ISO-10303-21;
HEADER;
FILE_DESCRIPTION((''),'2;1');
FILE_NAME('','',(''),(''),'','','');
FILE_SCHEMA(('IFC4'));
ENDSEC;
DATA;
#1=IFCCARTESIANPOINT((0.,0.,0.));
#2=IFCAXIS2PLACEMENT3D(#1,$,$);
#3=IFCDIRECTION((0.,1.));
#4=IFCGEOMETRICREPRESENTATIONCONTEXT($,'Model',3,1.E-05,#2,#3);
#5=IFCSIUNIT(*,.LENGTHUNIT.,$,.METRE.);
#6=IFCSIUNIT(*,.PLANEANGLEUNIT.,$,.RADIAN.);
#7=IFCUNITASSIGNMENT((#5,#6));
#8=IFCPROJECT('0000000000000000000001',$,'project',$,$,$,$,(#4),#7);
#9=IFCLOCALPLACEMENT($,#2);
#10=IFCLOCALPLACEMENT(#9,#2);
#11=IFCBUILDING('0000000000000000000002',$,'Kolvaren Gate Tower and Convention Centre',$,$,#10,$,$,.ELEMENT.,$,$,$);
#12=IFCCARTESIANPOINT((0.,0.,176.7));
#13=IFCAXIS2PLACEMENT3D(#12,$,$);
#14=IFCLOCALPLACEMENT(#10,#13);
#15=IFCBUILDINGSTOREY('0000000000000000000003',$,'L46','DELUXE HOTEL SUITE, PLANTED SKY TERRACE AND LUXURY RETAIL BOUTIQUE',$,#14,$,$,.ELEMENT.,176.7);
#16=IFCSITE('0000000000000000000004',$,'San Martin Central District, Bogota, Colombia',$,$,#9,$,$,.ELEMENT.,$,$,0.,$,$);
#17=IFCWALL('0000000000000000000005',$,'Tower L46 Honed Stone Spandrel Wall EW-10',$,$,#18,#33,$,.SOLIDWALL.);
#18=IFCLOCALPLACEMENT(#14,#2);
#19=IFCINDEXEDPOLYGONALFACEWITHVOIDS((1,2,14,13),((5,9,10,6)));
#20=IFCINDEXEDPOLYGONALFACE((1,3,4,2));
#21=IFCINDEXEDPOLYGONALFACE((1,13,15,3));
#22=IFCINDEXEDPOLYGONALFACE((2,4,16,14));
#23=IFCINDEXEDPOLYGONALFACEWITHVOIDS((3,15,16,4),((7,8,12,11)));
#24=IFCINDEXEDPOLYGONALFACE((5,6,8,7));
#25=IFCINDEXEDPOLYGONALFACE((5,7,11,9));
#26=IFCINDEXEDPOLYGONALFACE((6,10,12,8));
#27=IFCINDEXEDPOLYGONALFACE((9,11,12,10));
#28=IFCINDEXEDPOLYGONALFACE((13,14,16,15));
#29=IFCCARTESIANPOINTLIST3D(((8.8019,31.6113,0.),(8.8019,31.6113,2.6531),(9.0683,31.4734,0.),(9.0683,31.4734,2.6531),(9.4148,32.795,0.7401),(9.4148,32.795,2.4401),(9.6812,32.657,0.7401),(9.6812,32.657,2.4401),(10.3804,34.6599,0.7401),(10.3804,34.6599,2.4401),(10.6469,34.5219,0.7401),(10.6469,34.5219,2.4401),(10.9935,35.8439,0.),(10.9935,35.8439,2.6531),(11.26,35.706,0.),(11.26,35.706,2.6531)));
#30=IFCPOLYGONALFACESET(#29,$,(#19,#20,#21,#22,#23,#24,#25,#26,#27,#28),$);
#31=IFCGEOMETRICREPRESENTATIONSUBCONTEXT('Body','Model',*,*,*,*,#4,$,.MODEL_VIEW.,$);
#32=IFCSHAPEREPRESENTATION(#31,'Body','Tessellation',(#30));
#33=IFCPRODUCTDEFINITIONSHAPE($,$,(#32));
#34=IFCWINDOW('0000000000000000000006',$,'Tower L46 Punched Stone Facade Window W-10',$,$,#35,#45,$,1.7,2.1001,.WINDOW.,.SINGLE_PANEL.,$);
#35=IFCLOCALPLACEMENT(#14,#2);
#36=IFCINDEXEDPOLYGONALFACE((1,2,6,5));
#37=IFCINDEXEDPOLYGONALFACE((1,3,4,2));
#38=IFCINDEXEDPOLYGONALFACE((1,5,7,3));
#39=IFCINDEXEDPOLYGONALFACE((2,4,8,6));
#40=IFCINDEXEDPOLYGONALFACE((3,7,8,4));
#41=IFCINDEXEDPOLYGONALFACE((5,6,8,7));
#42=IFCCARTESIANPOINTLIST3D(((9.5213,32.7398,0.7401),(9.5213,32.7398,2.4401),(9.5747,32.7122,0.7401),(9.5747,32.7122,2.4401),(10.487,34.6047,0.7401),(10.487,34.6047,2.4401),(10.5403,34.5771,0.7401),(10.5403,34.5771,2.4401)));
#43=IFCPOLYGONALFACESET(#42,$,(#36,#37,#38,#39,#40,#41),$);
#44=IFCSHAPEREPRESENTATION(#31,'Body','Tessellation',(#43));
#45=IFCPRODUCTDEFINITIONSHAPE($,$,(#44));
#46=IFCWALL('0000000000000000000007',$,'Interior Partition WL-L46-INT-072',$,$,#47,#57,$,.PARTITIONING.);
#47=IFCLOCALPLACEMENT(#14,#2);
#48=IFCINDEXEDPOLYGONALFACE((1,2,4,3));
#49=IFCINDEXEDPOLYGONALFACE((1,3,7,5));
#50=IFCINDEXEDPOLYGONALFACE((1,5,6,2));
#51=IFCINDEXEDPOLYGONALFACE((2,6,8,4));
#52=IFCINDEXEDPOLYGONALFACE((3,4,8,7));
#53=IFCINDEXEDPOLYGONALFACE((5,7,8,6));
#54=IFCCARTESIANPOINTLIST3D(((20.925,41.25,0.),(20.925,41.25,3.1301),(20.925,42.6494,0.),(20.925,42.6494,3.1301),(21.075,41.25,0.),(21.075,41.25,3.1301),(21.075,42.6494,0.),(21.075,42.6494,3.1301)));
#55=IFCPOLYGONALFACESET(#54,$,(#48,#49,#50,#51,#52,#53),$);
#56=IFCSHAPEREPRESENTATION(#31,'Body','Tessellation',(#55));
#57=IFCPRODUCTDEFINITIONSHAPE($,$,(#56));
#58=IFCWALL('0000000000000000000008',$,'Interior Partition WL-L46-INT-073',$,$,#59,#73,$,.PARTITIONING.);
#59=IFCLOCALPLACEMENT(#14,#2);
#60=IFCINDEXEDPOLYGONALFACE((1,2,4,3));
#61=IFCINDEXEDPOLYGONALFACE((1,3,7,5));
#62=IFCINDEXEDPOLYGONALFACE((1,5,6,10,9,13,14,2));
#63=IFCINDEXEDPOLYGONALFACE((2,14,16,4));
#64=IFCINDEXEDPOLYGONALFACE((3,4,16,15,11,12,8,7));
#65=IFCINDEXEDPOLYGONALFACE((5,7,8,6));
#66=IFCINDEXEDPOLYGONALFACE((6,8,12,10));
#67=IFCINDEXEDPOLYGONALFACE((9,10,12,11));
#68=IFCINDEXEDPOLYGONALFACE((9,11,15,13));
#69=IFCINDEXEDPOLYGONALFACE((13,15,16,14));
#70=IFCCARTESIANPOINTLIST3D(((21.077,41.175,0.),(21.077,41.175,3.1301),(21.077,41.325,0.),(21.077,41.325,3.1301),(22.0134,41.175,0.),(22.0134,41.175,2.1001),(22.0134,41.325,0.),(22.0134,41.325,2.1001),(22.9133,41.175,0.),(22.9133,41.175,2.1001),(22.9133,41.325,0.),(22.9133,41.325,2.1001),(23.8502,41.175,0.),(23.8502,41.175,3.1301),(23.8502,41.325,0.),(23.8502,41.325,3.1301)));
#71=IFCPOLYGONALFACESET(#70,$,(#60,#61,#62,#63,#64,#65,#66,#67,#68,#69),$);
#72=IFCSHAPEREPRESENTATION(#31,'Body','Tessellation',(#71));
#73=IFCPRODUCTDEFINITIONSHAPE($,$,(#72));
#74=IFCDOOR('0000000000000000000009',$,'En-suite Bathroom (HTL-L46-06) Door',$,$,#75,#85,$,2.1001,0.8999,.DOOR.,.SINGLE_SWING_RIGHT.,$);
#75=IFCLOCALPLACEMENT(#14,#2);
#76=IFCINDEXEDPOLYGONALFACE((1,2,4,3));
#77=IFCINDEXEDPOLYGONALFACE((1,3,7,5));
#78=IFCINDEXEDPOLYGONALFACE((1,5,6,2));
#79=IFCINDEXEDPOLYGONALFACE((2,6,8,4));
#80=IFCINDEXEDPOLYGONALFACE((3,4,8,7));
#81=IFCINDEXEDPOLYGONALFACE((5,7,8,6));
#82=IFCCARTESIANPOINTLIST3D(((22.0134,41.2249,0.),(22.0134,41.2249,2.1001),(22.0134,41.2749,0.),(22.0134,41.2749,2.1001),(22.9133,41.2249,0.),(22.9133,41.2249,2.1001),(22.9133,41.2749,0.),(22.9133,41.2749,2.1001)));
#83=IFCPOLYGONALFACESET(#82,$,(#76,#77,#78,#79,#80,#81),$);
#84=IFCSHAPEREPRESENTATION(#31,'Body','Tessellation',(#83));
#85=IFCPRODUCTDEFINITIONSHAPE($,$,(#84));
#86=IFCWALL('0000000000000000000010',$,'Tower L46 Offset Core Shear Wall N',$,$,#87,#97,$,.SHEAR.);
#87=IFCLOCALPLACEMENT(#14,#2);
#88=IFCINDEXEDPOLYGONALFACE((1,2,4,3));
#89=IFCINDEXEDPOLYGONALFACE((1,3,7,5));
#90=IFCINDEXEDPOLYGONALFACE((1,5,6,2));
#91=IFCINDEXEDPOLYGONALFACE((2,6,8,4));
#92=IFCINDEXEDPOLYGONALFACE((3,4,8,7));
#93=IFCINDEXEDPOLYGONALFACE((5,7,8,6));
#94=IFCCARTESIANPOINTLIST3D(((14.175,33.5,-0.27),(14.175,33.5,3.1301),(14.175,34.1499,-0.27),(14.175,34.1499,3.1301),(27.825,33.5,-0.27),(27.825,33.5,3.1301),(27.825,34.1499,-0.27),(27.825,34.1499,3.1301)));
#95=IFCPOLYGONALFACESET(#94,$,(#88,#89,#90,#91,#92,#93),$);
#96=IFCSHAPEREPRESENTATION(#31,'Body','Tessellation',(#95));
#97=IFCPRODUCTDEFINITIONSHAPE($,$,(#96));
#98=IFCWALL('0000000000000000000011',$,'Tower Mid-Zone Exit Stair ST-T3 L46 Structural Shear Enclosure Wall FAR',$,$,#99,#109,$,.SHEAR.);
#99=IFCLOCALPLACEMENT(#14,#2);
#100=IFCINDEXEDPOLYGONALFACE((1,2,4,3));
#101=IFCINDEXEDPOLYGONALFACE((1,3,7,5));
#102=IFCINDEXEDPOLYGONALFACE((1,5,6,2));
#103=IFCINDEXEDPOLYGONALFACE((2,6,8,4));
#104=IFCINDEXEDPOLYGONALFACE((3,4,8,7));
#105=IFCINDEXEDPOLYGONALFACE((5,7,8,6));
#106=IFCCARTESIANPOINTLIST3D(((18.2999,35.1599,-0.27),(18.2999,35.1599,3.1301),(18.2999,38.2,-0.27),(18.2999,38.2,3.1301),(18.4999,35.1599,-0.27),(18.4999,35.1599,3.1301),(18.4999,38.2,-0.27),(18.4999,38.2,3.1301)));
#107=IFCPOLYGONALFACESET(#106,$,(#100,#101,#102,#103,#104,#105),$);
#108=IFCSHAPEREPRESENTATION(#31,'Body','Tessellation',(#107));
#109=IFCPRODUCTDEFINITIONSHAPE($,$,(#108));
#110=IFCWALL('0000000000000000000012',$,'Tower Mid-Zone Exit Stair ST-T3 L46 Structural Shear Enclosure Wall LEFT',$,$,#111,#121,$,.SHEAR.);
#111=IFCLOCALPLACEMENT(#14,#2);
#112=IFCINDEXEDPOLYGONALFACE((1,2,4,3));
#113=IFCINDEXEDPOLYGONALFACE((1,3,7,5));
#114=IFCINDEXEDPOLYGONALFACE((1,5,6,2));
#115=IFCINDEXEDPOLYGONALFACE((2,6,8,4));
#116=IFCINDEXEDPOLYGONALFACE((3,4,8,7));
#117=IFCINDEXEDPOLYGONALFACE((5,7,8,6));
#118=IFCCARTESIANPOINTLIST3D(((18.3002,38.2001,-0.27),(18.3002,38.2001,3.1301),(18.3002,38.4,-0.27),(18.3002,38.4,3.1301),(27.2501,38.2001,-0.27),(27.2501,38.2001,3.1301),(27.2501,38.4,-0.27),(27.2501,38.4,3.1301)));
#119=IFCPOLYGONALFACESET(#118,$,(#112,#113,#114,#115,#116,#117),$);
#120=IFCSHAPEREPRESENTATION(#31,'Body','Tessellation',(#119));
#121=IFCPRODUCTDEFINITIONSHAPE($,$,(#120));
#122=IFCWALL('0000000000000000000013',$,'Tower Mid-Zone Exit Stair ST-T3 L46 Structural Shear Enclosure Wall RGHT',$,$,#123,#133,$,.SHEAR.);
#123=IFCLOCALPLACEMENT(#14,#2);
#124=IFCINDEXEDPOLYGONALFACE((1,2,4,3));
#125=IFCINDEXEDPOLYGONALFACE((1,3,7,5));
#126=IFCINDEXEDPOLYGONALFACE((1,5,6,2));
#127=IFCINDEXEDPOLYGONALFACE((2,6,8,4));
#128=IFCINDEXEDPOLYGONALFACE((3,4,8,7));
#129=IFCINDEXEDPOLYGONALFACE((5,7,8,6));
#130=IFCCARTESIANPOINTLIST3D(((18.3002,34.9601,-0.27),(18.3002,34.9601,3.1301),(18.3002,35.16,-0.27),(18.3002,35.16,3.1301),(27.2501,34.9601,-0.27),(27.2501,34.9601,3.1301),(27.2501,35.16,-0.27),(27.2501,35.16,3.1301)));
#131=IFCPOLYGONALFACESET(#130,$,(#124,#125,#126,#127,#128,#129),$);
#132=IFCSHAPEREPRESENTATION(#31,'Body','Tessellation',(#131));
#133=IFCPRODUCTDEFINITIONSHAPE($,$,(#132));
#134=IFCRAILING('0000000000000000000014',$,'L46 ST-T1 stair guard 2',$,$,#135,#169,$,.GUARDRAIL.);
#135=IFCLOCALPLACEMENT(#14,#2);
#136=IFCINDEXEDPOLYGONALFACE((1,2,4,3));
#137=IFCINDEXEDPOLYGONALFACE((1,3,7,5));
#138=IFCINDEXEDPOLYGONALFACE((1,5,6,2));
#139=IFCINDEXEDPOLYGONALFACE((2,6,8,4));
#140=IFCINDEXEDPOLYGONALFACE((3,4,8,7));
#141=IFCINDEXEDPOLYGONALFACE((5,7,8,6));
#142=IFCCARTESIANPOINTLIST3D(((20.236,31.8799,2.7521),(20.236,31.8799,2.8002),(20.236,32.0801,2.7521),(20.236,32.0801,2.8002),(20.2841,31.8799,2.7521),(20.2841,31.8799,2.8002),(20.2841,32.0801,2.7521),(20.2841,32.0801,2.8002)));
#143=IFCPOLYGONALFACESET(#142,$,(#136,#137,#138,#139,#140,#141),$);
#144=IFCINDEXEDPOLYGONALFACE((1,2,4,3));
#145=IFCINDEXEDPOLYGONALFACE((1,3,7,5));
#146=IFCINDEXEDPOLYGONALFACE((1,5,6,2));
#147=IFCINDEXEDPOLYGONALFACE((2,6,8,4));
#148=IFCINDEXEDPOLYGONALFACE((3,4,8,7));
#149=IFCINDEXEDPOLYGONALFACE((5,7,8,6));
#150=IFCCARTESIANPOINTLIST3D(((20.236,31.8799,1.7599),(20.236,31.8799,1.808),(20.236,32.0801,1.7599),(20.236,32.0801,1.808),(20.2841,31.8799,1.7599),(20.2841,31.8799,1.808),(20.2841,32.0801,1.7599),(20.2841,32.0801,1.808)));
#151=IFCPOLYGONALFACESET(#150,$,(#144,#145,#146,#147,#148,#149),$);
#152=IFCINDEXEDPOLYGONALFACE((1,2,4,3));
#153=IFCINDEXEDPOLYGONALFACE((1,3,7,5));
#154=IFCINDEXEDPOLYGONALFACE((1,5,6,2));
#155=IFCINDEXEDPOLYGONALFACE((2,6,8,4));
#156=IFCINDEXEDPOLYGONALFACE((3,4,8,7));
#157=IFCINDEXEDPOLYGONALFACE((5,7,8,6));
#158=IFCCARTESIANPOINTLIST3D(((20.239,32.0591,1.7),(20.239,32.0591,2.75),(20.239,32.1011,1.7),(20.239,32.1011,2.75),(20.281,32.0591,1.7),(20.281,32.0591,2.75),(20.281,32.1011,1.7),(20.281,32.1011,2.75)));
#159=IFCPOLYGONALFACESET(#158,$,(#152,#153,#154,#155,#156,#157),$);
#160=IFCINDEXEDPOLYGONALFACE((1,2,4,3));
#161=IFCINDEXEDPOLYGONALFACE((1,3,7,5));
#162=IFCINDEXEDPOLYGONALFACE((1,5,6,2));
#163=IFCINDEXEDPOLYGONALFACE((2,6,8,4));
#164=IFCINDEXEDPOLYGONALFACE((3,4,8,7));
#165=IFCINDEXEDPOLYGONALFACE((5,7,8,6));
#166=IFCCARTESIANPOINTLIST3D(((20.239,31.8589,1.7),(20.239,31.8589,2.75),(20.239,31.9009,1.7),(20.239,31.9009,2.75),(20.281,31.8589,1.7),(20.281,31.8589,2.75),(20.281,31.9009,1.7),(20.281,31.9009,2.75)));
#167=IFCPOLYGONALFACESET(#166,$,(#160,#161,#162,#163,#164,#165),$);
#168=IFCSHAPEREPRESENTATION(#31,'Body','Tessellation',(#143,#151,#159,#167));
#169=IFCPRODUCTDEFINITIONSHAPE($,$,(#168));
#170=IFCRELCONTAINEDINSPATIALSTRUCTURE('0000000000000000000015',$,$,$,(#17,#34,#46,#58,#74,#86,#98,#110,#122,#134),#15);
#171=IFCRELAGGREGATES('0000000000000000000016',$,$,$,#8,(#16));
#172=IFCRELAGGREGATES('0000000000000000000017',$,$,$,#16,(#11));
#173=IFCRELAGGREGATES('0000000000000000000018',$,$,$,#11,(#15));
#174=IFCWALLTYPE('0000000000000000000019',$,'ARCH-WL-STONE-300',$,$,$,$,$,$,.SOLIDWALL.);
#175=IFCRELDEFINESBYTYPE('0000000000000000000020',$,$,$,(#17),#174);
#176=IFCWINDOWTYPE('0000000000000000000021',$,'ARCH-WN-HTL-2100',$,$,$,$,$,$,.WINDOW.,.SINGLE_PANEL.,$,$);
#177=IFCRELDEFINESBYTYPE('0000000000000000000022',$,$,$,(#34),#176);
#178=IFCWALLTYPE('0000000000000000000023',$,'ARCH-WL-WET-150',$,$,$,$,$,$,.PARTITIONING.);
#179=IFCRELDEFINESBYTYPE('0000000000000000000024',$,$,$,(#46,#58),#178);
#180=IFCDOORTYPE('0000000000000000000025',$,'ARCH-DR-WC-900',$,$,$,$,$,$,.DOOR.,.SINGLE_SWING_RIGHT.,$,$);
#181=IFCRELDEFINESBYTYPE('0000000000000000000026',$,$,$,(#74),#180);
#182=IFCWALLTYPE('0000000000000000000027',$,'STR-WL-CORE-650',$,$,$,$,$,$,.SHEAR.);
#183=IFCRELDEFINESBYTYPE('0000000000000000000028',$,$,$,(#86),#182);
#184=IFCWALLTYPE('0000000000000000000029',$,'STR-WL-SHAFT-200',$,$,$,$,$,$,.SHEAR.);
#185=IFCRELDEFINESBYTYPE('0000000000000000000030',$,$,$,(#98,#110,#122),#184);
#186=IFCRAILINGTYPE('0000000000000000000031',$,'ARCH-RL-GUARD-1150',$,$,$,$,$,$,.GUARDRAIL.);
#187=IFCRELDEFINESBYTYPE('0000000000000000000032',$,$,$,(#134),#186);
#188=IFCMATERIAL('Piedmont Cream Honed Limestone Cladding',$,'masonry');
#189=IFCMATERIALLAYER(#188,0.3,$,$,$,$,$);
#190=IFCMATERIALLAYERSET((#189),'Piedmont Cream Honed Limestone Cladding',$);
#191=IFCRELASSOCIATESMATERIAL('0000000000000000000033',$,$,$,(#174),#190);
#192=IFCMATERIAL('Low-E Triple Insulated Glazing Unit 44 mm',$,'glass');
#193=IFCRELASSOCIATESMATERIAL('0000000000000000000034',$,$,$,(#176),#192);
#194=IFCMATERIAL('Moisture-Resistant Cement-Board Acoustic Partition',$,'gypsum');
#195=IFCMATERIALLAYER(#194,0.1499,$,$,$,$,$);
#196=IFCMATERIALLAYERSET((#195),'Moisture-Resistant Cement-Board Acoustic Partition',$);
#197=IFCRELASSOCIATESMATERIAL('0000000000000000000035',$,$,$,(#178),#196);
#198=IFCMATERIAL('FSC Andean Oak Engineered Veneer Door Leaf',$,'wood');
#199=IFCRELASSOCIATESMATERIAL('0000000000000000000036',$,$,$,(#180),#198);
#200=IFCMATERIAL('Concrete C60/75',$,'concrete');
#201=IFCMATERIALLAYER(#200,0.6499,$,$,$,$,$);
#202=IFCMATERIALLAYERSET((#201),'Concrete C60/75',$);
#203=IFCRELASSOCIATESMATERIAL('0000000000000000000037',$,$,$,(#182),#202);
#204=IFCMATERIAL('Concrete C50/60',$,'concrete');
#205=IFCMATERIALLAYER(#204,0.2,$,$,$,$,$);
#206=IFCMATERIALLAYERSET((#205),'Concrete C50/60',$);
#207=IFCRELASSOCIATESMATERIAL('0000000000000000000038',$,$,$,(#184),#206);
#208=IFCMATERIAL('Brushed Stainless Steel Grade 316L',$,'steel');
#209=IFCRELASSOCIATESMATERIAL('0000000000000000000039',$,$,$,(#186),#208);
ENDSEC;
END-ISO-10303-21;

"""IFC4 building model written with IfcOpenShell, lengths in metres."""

from ifc_helpers import new_model, si_unit, direction, frame, frame_2d, origin, origin_2d, place, context, subcontext, project, spatial, rectangle, extrude, material, layer, layer_set, type_object, element, fill, save


model = new_model("IFC4")

# Units and contexts
model_context = context("Model", 3, precision=1e-05, world=origin(), true_north=direction((0.0, 1.0)))
body_context = subcontext(model_context, "Body", "Model", "MODEL_VIEW")
ifc_project = project(units=[si_unit("LENGTHUNIT", "METRE"), si_unit("PLANEANGLEUNIT", "RADIAN")], contexts=[model_context])

# Site, building, storey
site_placement = place(None, origin())
site = spatial("IfcSite", under=ifc_project, at=site_placement, Name="San Martin Central District, Bogota, Colombia", CompositionType="ELEMENT", RefElevation=0.0)
building_placement = place(site_placement, origin())
building = spatial("IfcBuilding", under=site, at=building_placement, Name="Kolvaren Gate Tower and Convention Centre", CompositionType="ELEMENT")
storey_placement = place(building_placement, frame((0.0, 0.0, 176.7)))
storey = spatial("IfcBuildingStorey", under=building, at=storey_placement, Name="L46", Description="DELUXE HOTEL SUITE, PLANTED SKY TERRACE AND LUXURY RETAIL BOUTIQUE", CompositionType="ELEMENT", Elevation=176.7)

# Shared definitions
ifc_material_1 = material(Name="Concrete C60/75", Category="concrete")

# Shared definitions
ifc_material_2 = material(Name="Piedmont Cream Honed Limestone Cladding", Category="masonry")

# Shared definitions
ifc_layer_1 = layer(ifc_material_2, 0.3)
ifc_layer_set_1 = layer_set([ifc_layer_1], Name="Piedmont Cream Honed Limestone Cladding")
wall_type_1 = type_object("IfcWallType", Name="ARCH-WL-STONE-300", PredefinedType="SOLIDWALL", material=ifc_layer_set_1)
ifc_material_3 = material(Name="Low-E Triple Insulated Glazing Unit 44 mm", Category="glass")

# Wall, opening, window
window_type_1 = type_object("IfcWindowType", Name="ARCH-WN-HTL-2100", PartitioningType="SINGLE_PANEL", PredefinedType="WINDOW", material=ifc_material_3)
wall_1_placement = place(storey_placement, frame((8.9351, 31.5422, 0.0), z_axis=(0.0, 0.0, 1.0), x_axis=(0.45981, 0.888017, 0.0)))
wall_1 = element("IfcWall", 1, at=wall_1_placement, inside=storey, type_object=wall_type_1, Name="Tower L46 Honed Stone Spandrel Wall EW-10", PredefinedType="SOLIDWALL", context=body_context, shape_type="SweptSolid", body=[
    extrude(rectangle(XDim=4.7664, YDim=0.3, at=frame_2d((2.3833, 0.0))), origin(), (0.0, 0.0, 1.0), 2.6531),
])
opening_1_placement = place(wall_1_placement, frame((1.333, 0.0, 0.74)))
opening_1 = element("IfcOpeningElement", 2, at=opening_1_placement, cuts=wall_1, PredefinedType="OPENING", context=body_context, shape_type="SweptSolid", body=[
    extrude(rectangle(XDim=2.1001, YDim=1.7, at=frame_2d((1.05, 0.8501))), frame((0.0, 0.1599, 0.0), z_axis=(0.0, -1.0, 0.0), x_axis=(1.0, 0.0, 0.0)), (0.0, 0.0, 1.0), 0.3201),
])
window_1_placement = place(opening_1_placement, origin())
window_1 = element("IfcWindow", 3, at=window_1_placement, inside=storey, type_object=window_type_1, Name="Tower L46 Punched Stone Facade Window W-10", OverallHeight=1.7, OverallWidth=2.1001, PartitioningType="SINGLE_PANEL", PredefinedType="WINDOW", context=body_context, shape_type="SweptSolid", body=[
    extrude(rectangle(XDim=2.1001, YDim=1.7, at=frame_2d((1.05, 0.8501))), frame((0.0, 0.03, 0.0), z_axis=(0.0, -1.0, 0.0), x_axis=(1.0, 0.0, 0.0)), (0.0, 0.0, 1.0), 0.0601),
])
fill(opening_1, window_1)

# Wall
ifc_material_4 = material(Name="Moisture-Resistant Cement-Board Acoustic Partition", Category="gypsum")
ifc_layer_2 = layer(ifc_material_4, 0.1499)
ifc_layer_set_2 = layer_set([ifc_layer_2], Name="Moisture-Resistant Cement-Board Acoustic Partition")
wall_type_2 = type_object("IfcWallType", Name="ARCH-WL-WET-150", PredefinedType="PARTITIONING", material=ifc_layer_set_2)
wall_2_placement = place(storey_placement, frame((21.0, 41.25, 0.0), z_axis=(0.0, 0.0, 1.0), x_axis=(0.0, 1.0, 0.0)))
element("IfcWall", 4, at=wall_2_placement, inside=storey, type_object=wall_type_2, Name="Interior Partition WL-L46-INT-072", PredefinedType="PARTITIONING", context=body_context, shape_type="SweptSolid", body=[
    extrude(rectangle(XDim=1.3994, YDim=0.1499, at=frame_2d((0.6997, 0.0))), origin(), (0.0, 0.0, 1.0), 3.1301),
])

# Wall, opening, door
wall_3_placement = place(storey_placement, frame((21.0769, 41.25, 0.0), z_axis=(0.0, 0.0, 1.0), x_axis=(1.0, 0.0, 0.0)))
wall_3 = element("IfcWall", 5, at=wall_3_placement, inside=storey, type_object=wall_type_2, Name="Interior Partition WL-L46-INT-073", PredefinedType="PARTITIONING", context=body_context, shape_type="SweptSolid", body=[
    extrude(rectangle(XDim=2.7732, YDim=0.1499, at=frame_2d((1.3867, 0.0))), origin(), (0.0, 0.0, 1.0), 3.1301),
])
opening_2_placement = place(wall_3_placement, frame((0.9365, 0.0, 0.0)))
opening_2 = element("IfcOpeningElement", 6, at=opening_2_placement, cuts=wall_3, PredefinedType="OPENING", context=body_context, shape_type="SweptSolid", body=[
    extrude(rectangle(XDim=0.8999, YDim=2.1001, at=frame_2d((0.45, 1.05))), frame((0.0, 0.085, 0.0), z_axis=(0.0, -1.0, 0.0), x_axis=(1.0, 0.0, 0.0)), (0.0, 0.0, 1.0), 0.1699),
])
ifc_material_5 = material(Name="FSC Andean Oak Engineered Veneer Door Leaf", Category="wood")
door_type_1 = type_object("IfcDoorType", Name="ARCH-DR-WC-900", OperationType="SINGLE_SWING_RIGHT", PredefinedType="DOOR", material=ifc_material_5)
door_1_placement = place(opening_2_placement, origin())
door_1 = element("IfcDoor", 7, at=door_1_placement, inside=storey, type_object=door_type_1, Name="En-suite Bathroom (HTL-L46-06) Door", OperationType="SINGLE_SWING_RIGHT", OverallHeight=2.1001, OverallWidth=0.8999, PredefinedType="DOOR", context=body_context, shape_type="SweptSolid", body=[
    extrude(rectangle(XDim=0.8999, YDim=2.1001, at=frame_2d((0.45, 1.05))), frame((0.0, 0.0249, 0.0), z_axis=(0.0, -1.0, 0.0), x_axis=(1.0, 0.0, 0.0)), (0.0, 0.0, 1.0), 0.05),
])
fill(opening_2, door_1)

# Walls
ifc_layer_3 = layer(ifc_material_1, 0.6499)
ifc_layer_set_3 = layer_set([ifc_layer_3], Name="Concrete C60/75")
wall_type_3 = type_object("IfcWallType", Name="STR-WL-CORE-650", PredefinedType="SHEAR", material=ifc_layer_set_3)
wall_4_placement = place(storey_placement, frame((14.175, 33.825, -0.27), z_axis=(0.0, 0.0, 1.0), x_axis=(1.0, 0.0, 0.0)))
element("IfcWall", 8, at=wall_4_placement, inside=storey, type_object=wall_type_3, Name="Tower L46 Offset Core Shear Wall N", PredefinedType="SHEAR", context=body_context, shape_type="SweptSolid", body=[
    extrude(rectangle(XDim=13.6499, YDim=0.6499, at=frame_2d((6.825, 0.0))), origin(), (0.0, 0.0, 1.0), 3.4001),
])
ifc_material_6 = material(Name="Concrete C50/60", Category="concrete")
ifc_layer_4 = layer(ifc_material_6, 0.2)
ifc_layer_set_4 = layer_set([ifc_layer_4], Name="Concrete C50/60")
wall_type_4 = type_object("IfcWallType", Name="STR-WL-SHAFT-200", PredefinedType="SHEAR", material=ifc_layer_set_4)
wall_5_placement = place(storey_placement, frame((18.3999, 35.1599, -0.27), z_axis=(0.0, 0.0, 1.0), x_axis=(0.0, 1.0, 0.0)))
element("IfcWall", 9, at=wall_5_placement, inside=storey, type_object=wall_type_4, Name="Tower Mid-Zone Exit Stair ST-T3 L46 Structural Shear Enclosure Wall FAR", PredefinedType="SHEAR", context=body_context, shape_type="SweptSolid", body=[
    extrude(rectangle(XDim=3.04, YDim=0.2, at=frame_2d((1.52, 0.0))), origin(), (0.0, 0.0, 1.0), 3.4001),
])
for number, where, z_axis, x_axis, name in (
    (10, (18.3, 38.3, -0.27), (0.0, 0.0, 1.0), (1.0, 0.0, 0.0), "Tower Mid-Zone Exit Stair ST-T3 L46 Structural Shear Enclosure Wall LEFT"),
    (11, (18.3, 35.0601, -0.27), (0.0, 0.0, 1.0), (1.0, 0.0, 0.0), "Tower Mid-Zone Exit Stair ST-T3 L46 Structural Shear Enclosure Wall RGHT"),
):
    element("IfcWall", number, at=place(storey_placement, frame(where, z_axis=z_axis, x_axis=x_axis)), inside=storey, type_object=wall_type_4, Name=name, PredefinedType="SHEAR", context=body_context, shape_type="SweptSolid", body=[
        extrude(rectangle(XDim=8.95, YDim=0.2, at=frame_2d((4.4751, 0.0))), origin(), (0.0, 0.0, 1.0), 3.4001),
    ])

# Railing
ifc_material_7 = material(Name="Brushed Stainless Steel Grade 316L", Category="steel")
railing_type = type_object("IfcRailingType", Name="ARCH-RL-GUARD-1150", PredefinedType="GUARDRAIL", material=ifc_material_7)
railing_1_placement = place(storey_placement, frame((20.26, 32.0801, 1.7)))
element("IfcRailing", 12, at=railing_1_placement, inside=storey, type_object=railing_type, Name="L46 ST-T1 stair guard 2", PredefinedType="GUARDRAIL", context=body_context, shape_type="SweptSolid", body=[
    extrude(rectangle(XDim=0.0481, YDim=0.0481, at=origin_2d()), frame((0.0, 0.0, 1.0762), z_axis=(0.0, -1.0, 0.0), x_axis=(1.0, 0.0, 0.0)), (0.0, 0.0, 1.0), 0.2002),
    extrude(rectangle(XDim=0.0481, YDim=0.0481, at=origin_2d()), frame((0.0, 0.0, 0.084), z_axis=(0.0, -1.0, 0.0), x_axis=(1.0, 0.0, 0.0)), (0.0, 0.0, 1.0), 0.2002),
    extrude(rectangle(XDim=0.042, YDim=0.042, at=origin_2d()), origin(), (0.0, 0.0, 1.0), 1.05),
    extrude(rectangle(XDim=0.042, YDim=0.042, at=origin_2d()), frame((0.0, -0.2002, 0.0)), (0.0, 0.0, 1.0), 1.05),
])

save(model, "model.ifc")
